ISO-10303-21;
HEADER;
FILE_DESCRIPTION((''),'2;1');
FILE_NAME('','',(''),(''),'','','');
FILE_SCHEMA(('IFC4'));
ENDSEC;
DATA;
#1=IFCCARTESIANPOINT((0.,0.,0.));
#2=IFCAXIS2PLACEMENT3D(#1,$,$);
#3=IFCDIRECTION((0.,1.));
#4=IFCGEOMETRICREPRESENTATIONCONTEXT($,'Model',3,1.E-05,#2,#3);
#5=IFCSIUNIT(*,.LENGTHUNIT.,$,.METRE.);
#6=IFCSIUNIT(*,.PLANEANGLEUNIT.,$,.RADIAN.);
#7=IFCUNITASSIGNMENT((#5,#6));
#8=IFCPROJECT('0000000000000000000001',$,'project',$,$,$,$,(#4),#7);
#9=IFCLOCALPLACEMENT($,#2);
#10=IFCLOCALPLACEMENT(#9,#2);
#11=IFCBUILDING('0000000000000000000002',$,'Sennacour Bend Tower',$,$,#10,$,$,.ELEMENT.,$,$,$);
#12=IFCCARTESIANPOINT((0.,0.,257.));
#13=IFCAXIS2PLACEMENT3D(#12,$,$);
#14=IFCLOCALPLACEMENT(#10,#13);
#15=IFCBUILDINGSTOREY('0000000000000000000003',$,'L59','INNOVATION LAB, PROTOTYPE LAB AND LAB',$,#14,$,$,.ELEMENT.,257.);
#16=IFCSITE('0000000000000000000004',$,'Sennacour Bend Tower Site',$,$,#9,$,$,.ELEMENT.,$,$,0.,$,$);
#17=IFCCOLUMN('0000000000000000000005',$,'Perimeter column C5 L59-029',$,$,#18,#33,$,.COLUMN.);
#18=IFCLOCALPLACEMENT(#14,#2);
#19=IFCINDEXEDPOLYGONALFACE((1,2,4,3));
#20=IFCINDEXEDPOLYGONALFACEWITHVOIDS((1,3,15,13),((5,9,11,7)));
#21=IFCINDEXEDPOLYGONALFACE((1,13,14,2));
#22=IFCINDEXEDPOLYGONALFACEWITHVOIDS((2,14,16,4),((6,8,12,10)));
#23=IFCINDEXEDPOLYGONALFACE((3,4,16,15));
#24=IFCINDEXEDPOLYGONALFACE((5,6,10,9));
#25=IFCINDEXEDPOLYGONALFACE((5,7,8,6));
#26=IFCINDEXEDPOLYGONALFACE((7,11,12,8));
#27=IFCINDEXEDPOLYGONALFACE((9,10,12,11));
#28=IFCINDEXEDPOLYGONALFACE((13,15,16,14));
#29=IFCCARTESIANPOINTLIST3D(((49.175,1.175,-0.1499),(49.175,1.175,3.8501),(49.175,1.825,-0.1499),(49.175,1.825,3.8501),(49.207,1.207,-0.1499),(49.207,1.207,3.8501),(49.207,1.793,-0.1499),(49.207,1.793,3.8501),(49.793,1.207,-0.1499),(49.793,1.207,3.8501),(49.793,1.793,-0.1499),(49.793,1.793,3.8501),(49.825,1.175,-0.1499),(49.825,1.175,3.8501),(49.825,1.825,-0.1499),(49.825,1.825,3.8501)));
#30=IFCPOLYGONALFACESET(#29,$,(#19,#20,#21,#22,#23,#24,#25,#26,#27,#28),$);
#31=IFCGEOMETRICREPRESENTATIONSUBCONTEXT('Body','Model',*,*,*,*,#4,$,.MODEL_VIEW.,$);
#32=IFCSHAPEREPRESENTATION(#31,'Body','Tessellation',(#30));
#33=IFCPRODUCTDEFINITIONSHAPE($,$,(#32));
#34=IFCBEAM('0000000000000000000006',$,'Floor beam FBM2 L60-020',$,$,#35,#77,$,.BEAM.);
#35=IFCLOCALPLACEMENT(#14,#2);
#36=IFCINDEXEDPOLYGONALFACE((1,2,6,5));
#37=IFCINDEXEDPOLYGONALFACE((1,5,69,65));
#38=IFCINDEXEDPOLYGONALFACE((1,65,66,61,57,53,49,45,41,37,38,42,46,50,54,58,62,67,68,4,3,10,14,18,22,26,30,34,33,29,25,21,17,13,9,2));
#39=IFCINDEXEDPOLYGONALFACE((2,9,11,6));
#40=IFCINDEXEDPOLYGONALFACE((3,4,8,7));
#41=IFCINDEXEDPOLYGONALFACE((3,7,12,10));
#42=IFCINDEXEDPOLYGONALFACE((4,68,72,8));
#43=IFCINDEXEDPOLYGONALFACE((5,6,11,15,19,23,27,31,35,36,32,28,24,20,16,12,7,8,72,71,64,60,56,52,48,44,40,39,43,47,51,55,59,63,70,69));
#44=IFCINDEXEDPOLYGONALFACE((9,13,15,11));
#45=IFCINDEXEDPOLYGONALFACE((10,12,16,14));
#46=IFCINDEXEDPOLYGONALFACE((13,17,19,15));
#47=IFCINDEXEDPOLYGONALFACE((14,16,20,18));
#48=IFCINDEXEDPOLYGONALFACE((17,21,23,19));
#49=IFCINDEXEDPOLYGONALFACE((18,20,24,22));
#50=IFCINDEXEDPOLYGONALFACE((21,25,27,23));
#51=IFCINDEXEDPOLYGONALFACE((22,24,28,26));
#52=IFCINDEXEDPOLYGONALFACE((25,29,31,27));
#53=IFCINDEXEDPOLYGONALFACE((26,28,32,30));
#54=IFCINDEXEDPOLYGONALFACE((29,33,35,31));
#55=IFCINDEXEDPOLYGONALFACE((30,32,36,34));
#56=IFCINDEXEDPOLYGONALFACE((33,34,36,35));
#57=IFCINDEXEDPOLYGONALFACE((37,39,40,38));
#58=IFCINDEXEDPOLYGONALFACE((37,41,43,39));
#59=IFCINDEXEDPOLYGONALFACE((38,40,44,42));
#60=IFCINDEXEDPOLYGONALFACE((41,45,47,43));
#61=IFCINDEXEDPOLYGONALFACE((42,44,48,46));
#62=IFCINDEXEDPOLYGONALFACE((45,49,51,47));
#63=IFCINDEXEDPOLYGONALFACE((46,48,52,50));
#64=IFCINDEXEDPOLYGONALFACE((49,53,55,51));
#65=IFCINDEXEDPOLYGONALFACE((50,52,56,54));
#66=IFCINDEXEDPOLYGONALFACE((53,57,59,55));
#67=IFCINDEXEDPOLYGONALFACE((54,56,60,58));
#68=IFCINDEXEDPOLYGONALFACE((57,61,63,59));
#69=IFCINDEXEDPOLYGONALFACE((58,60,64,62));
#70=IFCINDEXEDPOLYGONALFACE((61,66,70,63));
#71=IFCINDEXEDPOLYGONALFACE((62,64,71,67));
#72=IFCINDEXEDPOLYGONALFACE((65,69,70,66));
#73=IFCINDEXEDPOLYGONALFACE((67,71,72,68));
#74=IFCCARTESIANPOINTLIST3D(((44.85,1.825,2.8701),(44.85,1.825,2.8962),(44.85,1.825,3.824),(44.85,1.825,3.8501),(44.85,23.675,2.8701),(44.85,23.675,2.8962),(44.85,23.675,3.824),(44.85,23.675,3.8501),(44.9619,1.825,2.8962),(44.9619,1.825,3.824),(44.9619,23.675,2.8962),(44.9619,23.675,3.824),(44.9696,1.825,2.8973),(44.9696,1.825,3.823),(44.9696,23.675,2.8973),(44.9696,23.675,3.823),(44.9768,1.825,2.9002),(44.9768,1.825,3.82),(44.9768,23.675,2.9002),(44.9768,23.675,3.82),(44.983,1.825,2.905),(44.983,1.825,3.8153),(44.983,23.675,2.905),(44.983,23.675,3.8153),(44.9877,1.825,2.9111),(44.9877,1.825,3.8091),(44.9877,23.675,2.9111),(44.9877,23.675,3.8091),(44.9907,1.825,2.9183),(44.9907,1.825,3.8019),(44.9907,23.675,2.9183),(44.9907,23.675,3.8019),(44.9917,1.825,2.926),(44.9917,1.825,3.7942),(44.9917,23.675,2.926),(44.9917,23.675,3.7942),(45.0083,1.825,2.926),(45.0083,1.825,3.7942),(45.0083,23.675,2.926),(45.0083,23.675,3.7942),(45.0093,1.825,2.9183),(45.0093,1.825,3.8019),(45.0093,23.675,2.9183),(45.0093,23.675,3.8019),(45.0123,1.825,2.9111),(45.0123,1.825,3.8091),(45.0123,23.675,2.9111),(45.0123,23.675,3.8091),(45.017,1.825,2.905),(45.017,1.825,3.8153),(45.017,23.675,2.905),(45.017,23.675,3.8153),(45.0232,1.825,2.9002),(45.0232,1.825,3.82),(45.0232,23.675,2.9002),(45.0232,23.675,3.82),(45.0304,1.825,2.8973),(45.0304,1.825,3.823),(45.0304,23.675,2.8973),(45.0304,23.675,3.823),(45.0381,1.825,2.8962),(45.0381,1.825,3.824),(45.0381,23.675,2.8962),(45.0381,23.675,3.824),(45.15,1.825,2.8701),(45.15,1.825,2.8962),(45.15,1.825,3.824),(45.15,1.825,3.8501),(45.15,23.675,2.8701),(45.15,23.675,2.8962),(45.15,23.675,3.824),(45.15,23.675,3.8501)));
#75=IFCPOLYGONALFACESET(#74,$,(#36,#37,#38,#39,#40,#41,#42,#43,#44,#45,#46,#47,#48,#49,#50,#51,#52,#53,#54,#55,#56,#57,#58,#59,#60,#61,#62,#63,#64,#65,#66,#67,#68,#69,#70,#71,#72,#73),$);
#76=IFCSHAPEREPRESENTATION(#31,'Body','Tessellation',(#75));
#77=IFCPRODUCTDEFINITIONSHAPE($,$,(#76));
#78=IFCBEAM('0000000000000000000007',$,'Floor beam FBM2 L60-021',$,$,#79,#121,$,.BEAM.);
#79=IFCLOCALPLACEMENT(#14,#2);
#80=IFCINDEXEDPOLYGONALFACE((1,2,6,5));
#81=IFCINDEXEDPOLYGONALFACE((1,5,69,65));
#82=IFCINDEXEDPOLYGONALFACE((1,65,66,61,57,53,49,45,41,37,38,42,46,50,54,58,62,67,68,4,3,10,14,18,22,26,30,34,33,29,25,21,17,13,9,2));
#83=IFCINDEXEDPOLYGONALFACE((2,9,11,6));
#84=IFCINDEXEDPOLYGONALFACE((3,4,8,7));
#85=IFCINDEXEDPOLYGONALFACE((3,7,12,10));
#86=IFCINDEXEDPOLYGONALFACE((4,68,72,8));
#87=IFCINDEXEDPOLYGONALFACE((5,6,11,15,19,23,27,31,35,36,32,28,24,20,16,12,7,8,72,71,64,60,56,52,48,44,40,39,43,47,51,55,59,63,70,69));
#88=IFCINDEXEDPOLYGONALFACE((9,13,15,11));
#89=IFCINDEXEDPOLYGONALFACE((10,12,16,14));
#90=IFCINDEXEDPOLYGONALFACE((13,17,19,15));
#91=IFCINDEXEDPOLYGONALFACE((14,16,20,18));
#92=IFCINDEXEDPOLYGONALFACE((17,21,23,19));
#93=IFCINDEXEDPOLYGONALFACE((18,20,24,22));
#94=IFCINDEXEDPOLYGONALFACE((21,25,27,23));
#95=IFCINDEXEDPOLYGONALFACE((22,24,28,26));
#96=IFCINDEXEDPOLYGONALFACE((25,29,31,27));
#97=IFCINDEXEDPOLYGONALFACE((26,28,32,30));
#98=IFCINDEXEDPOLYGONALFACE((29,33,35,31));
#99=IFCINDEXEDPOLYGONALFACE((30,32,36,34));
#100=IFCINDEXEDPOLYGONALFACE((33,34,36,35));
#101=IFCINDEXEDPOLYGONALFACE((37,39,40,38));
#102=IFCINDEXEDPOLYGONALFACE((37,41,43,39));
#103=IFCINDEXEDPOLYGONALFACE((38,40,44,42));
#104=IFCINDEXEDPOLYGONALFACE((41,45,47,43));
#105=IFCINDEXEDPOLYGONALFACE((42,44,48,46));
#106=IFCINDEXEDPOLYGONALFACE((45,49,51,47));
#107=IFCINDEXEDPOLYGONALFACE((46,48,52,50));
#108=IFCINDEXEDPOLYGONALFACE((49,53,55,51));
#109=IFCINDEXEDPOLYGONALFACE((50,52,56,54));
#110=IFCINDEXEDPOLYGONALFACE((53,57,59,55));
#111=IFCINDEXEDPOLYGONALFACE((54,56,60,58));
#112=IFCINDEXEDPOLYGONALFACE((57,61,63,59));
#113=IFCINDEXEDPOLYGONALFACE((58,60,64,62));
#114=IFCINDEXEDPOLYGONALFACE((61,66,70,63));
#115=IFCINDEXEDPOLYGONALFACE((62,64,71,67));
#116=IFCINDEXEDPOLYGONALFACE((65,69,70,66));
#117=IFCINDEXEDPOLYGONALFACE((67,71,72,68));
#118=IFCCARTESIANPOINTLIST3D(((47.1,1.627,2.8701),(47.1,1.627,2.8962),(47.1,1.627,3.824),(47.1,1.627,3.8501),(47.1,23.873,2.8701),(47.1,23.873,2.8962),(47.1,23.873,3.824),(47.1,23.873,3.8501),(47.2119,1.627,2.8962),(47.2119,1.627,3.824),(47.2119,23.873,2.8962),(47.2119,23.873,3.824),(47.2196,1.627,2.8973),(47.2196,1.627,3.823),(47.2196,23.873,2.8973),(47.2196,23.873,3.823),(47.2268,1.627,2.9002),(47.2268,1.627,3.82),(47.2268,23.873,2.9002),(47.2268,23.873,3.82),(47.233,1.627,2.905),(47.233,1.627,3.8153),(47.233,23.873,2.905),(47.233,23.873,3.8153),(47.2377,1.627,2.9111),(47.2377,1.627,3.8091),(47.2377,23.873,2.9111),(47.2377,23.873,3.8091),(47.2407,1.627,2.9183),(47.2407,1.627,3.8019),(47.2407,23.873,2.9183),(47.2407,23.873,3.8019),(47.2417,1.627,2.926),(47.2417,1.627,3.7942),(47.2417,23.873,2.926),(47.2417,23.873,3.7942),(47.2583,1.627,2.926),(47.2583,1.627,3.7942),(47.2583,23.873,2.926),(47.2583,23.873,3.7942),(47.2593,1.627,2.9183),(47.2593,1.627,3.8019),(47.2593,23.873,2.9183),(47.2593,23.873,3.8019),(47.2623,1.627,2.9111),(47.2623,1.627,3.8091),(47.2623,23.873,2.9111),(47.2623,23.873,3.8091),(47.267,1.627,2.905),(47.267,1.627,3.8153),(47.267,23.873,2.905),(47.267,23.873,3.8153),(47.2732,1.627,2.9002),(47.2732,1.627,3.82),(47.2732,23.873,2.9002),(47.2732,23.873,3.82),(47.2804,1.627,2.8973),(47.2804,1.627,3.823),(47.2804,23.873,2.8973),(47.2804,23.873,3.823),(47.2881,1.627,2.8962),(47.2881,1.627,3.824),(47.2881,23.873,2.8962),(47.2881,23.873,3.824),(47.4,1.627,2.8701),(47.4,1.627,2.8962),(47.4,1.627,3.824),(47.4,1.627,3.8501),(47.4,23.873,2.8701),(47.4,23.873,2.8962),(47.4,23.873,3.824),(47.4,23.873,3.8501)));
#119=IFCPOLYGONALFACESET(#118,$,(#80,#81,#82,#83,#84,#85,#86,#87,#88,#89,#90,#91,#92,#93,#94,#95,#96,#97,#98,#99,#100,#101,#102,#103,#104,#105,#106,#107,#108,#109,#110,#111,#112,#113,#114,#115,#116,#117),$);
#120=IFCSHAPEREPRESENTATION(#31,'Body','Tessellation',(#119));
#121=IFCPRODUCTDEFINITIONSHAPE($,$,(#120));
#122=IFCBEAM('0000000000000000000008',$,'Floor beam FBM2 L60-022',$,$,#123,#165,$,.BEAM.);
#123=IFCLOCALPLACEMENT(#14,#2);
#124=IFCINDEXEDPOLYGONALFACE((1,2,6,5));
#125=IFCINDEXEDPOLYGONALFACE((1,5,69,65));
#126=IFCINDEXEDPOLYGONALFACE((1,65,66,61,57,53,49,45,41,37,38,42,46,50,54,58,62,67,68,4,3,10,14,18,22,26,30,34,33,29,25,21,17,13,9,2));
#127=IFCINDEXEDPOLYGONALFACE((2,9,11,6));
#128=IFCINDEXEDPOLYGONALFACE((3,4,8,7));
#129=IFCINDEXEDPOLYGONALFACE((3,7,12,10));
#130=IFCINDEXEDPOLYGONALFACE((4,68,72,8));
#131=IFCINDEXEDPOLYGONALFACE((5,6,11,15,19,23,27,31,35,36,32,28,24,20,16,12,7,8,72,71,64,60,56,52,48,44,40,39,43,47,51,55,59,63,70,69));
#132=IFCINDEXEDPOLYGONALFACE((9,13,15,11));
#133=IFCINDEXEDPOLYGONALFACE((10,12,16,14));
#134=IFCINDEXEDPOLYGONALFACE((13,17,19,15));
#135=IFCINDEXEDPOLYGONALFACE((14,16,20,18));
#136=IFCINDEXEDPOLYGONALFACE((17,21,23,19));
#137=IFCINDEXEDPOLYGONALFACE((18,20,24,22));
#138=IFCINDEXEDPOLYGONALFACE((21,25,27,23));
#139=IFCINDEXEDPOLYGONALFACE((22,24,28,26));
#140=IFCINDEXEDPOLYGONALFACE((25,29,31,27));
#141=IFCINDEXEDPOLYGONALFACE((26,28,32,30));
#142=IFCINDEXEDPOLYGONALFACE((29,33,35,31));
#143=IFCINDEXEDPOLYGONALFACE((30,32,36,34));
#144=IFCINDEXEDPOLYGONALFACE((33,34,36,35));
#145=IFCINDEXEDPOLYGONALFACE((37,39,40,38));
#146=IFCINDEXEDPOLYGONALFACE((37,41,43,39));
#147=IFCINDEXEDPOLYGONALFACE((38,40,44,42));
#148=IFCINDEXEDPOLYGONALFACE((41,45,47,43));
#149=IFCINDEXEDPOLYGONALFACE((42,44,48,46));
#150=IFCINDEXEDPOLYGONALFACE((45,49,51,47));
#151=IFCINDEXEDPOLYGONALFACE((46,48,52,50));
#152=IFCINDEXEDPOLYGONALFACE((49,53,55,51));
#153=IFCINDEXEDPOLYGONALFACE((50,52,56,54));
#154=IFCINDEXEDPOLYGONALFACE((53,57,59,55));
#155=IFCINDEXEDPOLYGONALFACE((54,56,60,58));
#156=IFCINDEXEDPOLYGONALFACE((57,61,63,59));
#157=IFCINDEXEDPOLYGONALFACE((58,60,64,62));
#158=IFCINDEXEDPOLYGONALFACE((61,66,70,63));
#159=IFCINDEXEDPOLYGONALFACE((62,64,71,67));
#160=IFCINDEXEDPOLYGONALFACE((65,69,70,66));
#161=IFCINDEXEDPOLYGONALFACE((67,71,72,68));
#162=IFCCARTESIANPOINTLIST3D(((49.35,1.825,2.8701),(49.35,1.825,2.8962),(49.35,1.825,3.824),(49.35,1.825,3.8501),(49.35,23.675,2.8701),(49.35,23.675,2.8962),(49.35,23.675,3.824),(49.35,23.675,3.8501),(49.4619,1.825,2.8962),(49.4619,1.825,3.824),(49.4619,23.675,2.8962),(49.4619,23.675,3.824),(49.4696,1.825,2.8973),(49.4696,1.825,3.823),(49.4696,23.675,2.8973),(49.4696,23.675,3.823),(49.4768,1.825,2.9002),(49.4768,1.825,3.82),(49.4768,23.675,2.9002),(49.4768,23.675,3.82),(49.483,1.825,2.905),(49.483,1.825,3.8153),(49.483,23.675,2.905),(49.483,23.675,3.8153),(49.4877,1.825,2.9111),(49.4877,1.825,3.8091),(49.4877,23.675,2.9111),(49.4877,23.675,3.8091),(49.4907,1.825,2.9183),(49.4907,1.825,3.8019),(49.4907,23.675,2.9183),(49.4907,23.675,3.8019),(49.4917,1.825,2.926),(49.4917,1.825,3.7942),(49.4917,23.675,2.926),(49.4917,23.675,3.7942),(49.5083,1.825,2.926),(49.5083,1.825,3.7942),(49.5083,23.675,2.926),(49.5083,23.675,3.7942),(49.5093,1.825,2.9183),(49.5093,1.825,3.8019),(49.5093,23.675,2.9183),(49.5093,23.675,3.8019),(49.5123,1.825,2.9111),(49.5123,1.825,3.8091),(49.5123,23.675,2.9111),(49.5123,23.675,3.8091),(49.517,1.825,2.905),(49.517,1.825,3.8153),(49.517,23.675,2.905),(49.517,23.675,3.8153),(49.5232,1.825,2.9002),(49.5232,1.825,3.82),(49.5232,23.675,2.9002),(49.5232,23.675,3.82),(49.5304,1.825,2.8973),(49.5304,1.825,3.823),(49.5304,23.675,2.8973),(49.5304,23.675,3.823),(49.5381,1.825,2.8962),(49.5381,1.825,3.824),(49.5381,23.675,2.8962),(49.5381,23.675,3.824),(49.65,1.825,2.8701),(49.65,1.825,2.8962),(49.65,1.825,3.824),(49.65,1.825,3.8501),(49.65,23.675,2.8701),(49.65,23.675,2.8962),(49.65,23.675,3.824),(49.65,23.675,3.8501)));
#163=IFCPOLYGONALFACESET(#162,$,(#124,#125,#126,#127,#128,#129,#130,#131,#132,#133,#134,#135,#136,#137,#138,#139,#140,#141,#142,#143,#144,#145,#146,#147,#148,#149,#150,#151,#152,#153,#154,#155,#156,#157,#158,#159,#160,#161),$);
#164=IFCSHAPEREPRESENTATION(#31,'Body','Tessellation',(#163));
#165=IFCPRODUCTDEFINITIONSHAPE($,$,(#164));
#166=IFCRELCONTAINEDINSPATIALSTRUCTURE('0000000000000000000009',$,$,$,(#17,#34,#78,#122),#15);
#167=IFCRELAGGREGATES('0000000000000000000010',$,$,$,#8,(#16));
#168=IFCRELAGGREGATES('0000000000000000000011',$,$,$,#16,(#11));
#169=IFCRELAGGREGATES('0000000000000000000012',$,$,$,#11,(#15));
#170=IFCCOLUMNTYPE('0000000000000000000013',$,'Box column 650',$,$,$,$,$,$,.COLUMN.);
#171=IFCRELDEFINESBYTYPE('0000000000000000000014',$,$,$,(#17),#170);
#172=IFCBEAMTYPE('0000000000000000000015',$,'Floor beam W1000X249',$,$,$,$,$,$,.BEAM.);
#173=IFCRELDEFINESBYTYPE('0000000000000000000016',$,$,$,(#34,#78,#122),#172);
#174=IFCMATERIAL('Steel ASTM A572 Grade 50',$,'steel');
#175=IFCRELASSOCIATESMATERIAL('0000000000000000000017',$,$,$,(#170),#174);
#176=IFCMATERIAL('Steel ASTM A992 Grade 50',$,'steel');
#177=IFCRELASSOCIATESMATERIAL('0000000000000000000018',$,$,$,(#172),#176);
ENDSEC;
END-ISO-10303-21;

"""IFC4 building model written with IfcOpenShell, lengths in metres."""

from ifc_helpers import new_model, si_unit, direction, frame, origin, origin_2d, place, context, subcontext, project, spatial, hollow_rectangle, i_section, extrude, material, material_profile, profile_set, type_object, element, save


model = new_model("IFC4")

# Units and contexts
model_context = context("Model", 3, precision=1e-05, world=origin(), true_north=direction((0.0, 1.0)))
body_context = subcontext(model_context, "Body", "Model", "MODEL_VIEW")
ifc_project = project(units=[si_unit("LENGTHUNIT", "METRE"), si_unit("PLANEANGLEUNIT", "RADIAN")], contexts=[model_context])

# Site, building, storey
site_placement = place(None, origin())
site = spatial("IfcSite", under=ifc_project, at=site_placement, Name="Sennacour Bend Tower Site", CompositionType="ELEMENT", RefElevation=0.0)
building_placement = place(site_placement, origin())
building = spatial("IfcBuilding", under=site, at=building_placement, Name="Sennacour Bend Tower", CompositionType="ELEMENT")
storey_placement = place(building_placement, frame((0.0, 0.0, 257.0)))
storey = spatial("IfcBuildingStorey", under=building, at=storey_placement, Name="L59", Description="INNOVATION LAB, PROTOTYPE LAB AND LAB", CompositionType="ELEMENT", Elevation=257.0)

# Column
ifc_material_1 = material(Name="Steel ASTM A572 Grade 50", Category="steel")
ifc_material_profile_1 = material_profile(ifc_material_1, hollow_rectangle(XDim=0.6499, YDim=0.6499, WallThickness=0.032, at=origin_2d()), Name="Steel ASTM A572 Grade 50", Category="steel")
ifc_profile_set_1 = profile_set([ifc_material_profile_1], Name="Steel ASTM A572 Grade 50")
column_type = type_object("IfcColumnType", Name="Box column 650", PredefinedType="COLUMN", material=ifc_profile_set_1)
column_placement = place(storey_placement, frame((49.5, 1.5, -0.1499), z_axis=(0.0, 0.0, 1.0), x_axis=(1.0, 0.0, 0.0)))
element("IfcColumn", 1, at=column_placement, inside=storey, type_object=column_type, Name="Perimeter column C5 L59-029", PredefinedType="COLUMN", context=body_context, shape_type="SweptSolid", body=[
    extrude(hollow_rectangle(XDim=0.6499, YDim=0.6499, WallThickness=0.032, at=origin_2d()), origin(), (0.0, 0.0, 1.0), 4.0),
])

# Beams
ifc_material_2 = material(Name="Steel ASTM A992 Grade 50", Category="steel")
ifc_material_profile_2 = material_profile(ifc_material_2, i_section(OverallWidth=0.3, OverallDepth=0.98, WebThickness=0.0166, FlangeThickness=0.0261, FilletRadius=0.0298, at=origin_2d()), Name="Steel ASTM A992 Grade 50", Category="steel")
ifc_profile_set_2 = profile_set([ifc_material_profile_2], Name="Steel ASTM A992 Grade 50")
beam_type_1 = type_object("IfcBeamType", Name="Floor beam W1000X249", PredefinedType="BEAM", material=ifc_profile_set_2)
beam_1_placement = place(storey_placement, frame((45.0, 1.825, 3.3601), z_axis=(0.0, 1.0, 0.0), x_axis=(-1.0, 0.0, 0.0)))
element("IfcBeam", 2, at=beam_1_placement, inside=storey, type_object=beam_type_1, Name="Floor beam FBM2 L60-020", PredefinedType="BEAM", context=body_context, shape_type="SweptSolid", body=[
    extrude(i_section(OverallWidth=0.3, OverallDepth=0.98, WebThickness=0.0166, FlangeThickness=0.0261, FilletRadius=0.0298, at=origin_2d()), origin(), (0.0, 0.0, 1.0), 21.8501),
])
beam_2_placement = place(storey_placement, frame((47.25, 1.627, 3.3601), z_axis=(0.0, 1.0, 0.0), x_axis=(-1.0, 0.0, 0.0)))
element("IfcBeam", 3, at=beam_2_placement, inside=storey, type_object=beam_type_1, Name="Floor beam FBM2 L60-021", PredefinedType="BEAM", context=body_context, shape_type="SweptSolid", body=[
    extrude(i_section(OverallWidth=0.3, OverallDepth=0.98, WebThickness=0.0166, FlangeThickness=0.0261, FilletRadius=0.0298, at=origin_2d()), origin(), (0.0, 0.0, 1.0), 22.2461),
])
beam_3_placement = place(storey_placement, frame((49.5, 1.825, 3.3601), z_axis=(0.0, 1.0, 0.0), x_axis=(-1.0, 0.0, 0.0)))
element("IfcBeam", 4, at=beam_3_placement, inside=storey, type_object=beam_type_1, Name="Floor beam FBM2 L60-022", PredefinedType="BEAM", context=body_context, shape_type="SweptSolid", body=[
    extrude(i_section(OverallWidth=0.3, OverallDepth=0.98, WebThickness=0.0166, FlangeThickness=0.0261, FilletRadius=0.0298, at=origin_2d()), origin(), (0.0, 0.0, 1.0), 21.8501),
])

save(model, "model.ifc")
